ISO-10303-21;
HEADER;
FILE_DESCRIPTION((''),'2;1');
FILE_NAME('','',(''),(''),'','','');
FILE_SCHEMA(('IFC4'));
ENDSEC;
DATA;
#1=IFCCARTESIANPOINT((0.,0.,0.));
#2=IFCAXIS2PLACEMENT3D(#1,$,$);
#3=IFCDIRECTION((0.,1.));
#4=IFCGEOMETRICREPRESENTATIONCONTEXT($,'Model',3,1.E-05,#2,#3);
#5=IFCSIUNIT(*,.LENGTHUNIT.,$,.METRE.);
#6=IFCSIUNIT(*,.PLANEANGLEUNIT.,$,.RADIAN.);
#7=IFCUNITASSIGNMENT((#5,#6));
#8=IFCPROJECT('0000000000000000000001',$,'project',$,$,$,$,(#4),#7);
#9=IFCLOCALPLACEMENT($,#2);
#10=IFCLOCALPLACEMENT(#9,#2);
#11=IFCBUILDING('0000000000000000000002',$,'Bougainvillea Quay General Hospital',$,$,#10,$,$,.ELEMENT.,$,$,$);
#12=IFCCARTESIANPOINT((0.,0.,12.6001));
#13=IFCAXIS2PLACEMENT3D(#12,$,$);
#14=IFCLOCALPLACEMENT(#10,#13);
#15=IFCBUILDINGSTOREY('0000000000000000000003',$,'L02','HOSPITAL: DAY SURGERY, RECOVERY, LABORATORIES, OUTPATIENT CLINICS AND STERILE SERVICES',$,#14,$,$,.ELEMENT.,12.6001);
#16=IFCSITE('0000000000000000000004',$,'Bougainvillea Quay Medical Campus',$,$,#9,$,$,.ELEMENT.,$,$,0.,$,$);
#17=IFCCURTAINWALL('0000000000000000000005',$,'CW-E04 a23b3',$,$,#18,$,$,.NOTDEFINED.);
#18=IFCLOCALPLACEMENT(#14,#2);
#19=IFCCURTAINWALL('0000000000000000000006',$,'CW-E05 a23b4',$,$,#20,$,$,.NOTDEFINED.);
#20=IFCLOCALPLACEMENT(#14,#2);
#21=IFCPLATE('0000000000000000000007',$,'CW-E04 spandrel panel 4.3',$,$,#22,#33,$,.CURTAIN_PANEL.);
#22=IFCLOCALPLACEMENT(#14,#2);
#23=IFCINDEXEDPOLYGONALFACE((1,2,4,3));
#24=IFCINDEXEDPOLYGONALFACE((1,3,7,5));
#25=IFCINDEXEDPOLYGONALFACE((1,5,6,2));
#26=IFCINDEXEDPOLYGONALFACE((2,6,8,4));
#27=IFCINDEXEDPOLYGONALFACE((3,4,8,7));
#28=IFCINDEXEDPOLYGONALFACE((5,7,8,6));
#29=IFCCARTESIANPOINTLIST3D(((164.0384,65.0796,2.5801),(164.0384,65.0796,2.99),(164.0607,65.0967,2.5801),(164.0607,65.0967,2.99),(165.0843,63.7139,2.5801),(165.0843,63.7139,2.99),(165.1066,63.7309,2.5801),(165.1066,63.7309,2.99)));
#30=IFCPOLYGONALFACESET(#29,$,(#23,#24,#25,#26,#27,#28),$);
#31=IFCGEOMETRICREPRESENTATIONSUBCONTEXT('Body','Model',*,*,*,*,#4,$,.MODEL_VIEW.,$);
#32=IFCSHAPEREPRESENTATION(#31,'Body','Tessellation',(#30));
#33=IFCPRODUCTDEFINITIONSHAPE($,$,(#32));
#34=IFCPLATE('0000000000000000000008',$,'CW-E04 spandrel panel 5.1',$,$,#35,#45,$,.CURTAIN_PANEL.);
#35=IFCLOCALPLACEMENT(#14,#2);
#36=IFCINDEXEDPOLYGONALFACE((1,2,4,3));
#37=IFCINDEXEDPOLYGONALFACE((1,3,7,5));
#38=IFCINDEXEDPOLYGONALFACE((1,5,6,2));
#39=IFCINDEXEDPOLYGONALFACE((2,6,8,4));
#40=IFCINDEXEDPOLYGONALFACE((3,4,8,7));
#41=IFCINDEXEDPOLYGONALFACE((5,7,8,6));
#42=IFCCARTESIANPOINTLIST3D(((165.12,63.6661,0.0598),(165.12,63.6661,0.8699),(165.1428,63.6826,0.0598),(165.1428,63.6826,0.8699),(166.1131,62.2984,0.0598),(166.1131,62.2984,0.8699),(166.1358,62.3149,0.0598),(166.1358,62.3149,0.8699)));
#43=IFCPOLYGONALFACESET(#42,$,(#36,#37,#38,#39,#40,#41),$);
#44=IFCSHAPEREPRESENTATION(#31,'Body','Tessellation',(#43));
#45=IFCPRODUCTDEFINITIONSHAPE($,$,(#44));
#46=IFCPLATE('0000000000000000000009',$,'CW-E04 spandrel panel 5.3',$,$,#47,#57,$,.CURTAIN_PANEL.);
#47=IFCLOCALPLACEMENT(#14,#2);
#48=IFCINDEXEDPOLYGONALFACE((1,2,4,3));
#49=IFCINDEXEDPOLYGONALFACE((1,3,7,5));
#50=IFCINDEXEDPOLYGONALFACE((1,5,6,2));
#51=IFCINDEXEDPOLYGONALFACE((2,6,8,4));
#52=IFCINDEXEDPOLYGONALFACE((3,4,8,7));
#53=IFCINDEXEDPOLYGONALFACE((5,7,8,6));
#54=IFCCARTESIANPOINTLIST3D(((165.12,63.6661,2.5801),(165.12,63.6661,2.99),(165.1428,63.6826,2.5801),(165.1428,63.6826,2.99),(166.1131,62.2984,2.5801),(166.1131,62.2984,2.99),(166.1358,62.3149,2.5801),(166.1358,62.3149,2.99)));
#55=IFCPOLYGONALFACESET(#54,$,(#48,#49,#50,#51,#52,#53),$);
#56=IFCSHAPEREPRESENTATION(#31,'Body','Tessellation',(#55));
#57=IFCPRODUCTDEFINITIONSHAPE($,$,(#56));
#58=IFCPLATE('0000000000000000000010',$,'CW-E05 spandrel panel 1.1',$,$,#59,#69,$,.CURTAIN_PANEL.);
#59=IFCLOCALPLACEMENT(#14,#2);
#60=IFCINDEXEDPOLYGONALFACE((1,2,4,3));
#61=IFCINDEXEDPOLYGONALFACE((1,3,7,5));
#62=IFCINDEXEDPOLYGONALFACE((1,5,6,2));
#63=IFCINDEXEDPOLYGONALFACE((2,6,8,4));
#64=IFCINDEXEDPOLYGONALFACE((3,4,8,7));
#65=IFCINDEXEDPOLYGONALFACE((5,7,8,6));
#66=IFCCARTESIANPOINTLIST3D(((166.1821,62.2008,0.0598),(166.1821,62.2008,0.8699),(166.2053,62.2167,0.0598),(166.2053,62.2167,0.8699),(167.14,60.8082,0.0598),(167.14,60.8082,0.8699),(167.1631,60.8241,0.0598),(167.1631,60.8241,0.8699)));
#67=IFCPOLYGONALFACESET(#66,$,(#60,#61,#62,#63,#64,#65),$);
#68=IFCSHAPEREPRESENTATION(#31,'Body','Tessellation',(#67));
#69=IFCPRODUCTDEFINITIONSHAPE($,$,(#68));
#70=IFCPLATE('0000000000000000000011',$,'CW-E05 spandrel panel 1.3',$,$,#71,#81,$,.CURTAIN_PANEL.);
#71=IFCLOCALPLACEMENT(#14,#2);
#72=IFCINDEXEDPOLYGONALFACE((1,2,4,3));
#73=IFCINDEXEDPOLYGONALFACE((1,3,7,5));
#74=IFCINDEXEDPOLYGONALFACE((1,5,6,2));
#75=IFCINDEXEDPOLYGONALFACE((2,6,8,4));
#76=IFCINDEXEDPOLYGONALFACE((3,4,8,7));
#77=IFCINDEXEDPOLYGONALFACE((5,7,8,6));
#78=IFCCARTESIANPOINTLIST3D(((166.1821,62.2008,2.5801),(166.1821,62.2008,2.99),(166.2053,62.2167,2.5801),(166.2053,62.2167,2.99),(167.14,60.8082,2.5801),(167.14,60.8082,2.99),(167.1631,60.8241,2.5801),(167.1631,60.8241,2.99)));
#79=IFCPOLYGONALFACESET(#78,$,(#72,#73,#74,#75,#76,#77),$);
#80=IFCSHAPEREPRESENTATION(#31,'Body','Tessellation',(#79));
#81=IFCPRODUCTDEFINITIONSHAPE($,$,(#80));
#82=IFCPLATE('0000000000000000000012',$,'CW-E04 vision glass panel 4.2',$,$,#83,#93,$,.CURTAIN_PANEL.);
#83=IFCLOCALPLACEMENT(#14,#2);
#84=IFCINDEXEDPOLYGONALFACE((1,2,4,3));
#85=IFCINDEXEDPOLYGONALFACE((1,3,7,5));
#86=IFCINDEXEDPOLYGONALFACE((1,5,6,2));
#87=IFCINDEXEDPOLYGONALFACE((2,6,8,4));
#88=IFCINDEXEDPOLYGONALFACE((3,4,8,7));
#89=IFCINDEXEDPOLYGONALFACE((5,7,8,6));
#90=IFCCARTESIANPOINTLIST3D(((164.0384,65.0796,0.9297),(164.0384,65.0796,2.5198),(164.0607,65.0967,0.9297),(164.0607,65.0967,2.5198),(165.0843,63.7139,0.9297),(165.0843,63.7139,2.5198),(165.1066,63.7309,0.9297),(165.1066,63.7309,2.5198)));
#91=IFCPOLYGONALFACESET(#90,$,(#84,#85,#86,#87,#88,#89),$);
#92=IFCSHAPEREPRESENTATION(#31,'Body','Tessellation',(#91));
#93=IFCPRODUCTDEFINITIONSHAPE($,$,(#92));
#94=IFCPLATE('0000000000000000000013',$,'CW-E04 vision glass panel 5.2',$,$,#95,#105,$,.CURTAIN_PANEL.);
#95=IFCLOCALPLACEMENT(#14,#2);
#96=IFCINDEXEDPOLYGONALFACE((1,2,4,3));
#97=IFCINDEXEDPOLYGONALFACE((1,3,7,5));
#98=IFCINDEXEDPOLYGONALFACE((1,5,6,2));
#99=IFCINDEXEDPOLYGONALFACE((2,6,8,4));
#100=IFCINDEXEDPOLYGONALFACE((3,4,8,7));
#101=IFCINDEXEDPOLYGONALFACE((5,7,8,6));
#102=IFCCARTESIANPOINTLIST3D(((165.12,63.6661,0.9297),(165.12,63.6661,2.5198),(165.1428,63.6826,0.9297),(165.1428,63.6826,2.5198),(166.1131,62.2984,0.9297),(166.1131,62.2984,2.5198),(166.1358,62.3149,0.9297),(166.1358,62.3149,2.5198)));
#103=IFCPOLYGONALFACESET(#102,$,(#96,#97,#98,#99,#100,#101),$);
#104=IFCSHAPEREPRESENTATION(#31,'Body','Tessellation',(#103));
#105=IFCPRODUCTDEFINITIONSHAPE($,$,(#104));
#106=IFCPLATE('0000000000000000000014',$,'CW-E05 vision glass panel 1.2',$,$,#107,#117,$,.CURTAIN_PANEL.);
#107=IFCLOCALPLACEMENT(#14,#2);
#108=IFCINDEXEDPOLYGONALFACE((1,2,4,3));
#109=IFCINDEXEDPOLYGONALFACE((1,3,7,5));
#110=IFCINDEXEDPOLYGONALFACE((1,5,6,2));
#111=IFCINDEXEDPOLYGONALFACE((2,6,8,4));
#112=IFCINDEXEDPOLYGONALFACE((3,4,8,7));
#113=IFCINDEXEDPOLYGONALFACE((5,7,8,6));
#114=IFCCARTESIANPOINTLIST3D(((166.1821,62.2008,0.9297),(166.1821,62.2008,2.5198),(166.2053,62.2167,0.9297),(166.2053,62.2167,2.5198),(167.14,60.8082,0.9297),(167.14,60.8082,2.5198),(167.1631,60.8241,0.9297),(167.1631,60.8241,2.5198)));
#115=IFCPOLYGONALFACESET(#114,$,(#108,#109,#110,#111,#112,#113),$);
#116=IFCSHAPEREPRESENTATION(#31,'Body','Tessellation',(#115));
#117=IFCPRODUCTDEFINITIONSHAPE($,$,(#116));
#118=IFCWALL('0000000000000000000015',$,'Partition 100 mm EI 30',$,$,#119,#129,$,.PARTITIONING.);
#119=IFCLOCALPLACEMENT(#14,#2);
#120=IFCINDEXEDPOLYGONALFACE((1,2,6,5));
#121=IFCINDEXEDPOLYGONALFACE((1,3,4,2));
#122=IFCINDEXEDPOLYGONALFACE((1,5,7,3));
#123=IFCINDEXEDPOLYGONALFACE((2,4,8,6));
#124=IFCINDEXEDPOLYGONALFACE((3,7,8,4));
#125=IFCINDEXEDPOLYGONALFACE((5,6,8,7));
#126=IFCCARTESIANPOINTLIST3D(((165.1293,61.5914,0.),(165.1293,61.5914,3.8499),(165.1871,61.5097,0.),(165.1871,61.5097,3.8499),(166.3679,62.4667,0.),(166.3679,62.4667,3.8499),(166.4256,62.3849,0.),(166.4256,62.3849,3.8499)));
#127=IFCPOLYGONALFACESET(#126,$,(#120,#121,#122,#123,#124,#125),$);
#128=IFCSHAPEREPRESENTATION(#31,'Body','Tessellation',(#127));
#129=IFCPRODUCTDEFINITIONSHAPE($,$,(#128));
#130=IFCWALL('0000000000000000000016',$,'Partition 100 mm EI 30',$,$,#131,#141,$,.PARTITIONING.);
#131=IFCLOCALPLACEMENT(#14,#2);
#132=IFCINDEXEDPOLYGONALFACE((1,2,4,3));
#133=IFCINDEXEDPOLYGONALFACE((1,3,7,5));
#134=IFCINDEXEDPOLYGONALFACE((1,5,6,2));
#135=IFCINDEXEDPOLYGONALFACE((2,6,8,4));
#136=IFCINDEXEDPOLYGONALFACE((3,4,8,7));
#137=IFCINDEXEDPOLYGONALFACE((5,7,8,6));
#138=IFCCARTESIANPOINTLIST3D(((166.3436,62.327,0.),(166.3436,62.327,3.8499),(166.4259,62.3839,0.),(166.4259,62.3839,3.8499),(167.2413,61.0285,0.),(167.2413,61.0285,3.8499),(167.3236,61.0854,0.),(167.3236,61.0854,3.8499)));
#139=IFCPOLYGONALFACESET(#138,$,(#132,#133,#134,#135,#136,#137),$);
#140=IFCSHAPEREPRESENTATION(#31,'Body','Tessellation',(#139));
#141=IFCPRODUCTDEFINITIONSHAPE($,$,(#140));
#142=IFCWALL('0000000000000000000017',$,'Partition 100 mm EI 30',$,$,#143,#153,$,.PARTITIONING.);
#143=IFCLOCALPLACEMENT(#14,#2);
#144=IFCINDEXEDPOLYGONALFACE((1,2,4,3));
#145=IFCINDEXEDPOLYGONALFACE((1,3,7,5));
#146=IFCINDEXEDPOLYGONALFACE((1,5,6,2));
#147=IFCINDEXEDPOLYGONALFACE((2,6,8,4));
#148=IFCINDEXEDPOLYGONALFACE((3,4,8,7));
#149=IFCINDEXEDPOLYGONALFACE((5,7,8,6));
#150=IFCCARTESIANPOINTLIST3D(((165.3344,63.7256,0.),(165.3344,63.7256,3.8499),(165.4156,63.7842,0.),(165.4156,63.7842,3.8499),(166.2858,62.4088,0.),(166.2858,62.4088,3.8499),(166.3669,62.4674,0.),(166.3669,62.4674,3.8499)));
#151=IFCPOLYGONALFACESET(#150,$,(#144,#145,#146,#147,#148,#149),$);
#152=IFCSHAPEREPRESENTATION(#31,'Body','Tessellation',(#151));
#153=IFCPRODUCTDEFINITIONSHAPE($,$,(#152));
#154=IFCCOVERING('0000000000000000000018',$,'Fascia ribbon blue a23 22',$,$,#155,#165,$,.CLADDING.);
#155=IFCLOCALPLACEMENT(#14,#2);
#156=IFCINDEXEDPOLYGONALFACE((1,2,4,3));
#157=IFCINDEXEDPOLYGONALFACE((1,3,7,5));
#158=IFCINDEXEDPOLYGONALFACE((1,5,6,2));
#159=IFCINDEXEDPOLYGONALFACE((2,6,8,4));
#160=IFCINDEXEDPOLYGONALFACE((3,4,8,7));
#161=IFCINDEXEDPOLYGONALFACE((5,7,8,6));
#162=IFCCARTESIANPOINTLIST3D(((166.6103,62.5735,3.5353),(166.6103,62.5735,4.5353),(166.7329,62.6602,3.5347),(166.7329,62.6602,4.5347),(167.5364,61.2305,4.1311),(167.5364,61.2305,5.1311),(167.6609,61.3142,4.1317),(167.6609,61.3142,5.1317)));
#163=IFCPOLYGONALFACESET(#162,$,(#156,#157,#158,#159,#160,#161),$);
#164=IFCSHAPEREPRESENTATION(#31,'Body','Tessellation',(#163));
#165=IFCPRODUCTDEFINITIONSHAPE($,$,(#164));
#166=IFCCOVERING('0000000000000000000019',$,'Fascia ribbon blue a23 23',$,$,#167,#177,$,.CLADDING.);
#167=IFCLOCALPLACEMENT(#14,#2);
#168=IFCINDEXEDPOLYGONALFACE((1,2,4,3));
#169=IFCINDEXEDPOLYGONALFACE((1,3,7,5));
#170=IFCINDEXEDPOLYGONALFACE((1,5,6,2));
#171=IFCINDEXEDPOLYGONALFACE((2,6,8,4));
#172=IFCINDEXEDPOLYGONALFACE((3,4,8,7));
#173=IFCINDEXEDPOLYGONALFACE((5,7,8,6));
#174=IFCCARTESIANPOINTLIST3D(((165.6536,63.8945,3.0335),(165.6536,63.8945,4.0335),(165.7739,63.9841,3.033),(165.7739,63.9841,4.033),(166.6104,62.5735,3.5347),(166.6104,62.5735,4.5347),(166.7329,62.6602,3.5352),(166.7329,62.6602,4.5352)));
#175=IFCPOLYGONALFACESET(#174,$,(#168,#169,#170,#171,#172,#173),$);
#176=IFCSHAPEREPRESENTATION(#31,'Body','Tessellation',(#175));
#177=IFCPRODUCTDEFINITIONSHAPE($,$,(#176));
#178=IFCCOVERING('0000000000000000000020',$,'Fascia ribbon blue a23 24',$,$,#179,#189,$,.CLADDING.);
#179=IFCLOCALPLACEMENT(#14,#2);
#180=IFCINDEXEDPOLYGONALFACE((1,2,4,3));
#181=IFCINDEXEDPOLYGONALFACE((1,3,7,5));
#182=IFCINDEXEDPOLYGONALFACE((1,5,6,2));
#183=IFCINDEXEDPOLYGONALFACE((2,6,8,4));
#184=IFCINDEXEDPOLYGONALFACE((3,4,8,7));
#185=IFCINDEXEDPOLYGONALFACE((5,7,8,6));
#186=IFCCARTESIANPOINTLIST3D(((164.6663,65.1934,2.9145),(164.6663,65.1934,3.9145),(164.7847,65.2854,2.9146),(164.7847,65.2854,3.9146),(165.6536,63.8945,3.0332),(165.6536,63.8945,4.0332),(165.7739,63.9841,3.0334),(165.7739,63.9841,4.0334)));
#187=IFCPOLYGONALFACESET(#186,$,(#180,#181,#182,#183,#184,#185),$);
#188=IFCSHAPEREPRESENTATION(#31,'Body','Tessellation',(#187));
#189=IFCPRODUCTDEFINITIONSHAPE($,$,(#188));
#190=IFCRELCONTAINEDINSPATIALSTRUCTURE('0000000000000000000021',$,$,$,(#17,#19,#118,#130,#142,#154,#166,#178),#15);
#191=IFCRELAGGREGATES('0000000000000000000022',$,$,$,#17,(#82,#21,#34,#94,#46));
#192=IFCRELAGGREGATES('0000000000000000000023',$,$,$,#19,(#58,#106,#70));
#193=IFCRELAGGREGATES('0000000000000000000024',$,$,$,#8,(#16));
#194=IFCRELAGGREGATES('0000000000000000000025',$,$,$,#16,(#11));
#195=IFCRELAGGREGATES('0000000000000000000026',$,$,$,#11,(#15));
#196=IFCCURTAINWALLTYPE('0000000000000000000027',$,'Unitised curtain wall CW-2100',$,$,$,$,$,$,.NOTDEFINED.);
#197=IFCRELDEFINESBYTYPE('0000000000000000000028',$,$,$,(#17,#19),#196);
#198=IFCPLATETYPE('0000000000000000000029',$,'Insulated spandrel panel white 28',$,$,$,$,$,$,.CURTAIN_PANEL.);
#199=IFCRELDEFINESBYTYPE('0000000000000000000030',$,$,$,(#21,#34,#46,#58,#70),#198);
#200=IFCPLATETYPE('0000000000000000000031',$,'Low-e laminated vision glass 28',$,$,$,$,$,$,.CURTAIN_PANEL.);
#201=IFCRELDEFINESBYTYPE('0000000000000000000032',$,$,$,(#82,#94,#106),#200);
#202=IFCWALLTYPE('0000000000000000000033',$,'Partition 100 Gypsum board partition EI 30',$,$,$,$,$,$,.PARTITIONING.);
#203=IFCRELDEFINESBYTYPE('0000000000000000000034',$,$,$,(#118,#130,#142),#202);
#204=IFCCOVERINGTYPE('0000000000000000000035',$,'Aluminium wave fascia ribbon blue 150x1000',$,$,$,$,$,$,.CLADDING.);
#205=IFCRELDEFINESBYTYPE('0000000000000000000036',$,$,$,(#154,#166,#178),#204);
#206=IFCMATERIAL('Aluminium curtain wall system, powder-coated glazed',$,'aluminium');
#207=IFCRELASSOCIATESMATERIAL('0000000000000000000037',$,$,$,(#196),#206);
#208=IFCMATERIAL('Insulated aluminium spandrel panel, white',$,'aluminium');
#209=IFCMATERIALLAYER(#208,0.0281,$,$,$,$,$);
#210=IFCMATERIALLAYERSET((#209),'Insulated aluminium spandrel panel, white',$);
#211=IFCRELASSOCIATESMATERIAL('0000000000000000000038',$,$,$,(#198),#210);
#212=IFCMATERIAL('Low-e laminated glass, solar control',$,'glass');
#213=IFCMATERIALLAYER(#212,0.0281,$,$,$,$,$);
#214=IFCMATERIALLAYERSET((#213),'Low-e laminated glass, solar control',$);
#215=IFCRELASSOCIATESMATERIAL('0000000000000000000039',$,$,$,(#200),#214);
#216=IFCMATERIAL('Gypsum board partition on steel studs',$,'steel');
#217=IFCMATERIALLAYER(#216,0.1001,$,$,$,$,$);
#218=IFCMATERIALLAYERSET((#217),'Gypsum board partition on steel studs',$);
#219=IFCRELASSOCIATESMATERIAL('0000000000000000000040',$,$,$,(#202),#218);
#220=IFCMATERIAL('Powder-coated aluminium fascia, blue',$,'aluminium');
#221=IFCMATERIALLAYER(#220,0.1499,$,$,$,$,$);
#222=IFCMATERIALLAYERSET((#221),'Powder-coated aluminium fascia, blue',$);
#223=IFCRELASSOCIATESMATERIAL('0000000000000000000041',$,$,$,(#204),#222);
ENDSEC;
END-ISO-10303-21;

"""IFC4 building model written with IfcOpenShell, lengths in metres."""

from ifc_helpers import new_model, si_unit, direction, frame, frame_2d, origin, origin_2d, place, context, subcontext, project, spatial, polyline, rectangle, outline, extrude, material, layer, layer_set, type_object, element, aggregate, save


model = new_model("IFC4")

# Units and contexts
model_context = context("Model", 3, precision=1e-05, world=origin(), true_north=direction((0.0, 1.0)))
body_context = subcontext(model_context, "Body", "Model", "MODEL_VIEW")
ifc_project = project(units=[si_unit("LENGTHUNIT", "METRE"), si_unit("PLANEANGLEUNIT", "RADIAN")], contexts=[model_context])

# Site, building, storey
site_placement = place(None, origin())
site = spatial("IfcSite", under=ifc_project, at=site_placement, Name="Bougainvillea Quay Medical Campus", CompositionType="ELEMENT", RefElevation=0.0)
building_placement = place(site_placement, origin())
building = spatial("IfcBuilding", under=site, at=building_placement, Name="Bougainvillea Quay General Hospital", CompositionType="ELEMENT")
storey_placement = place(building_placement, frame((0.0, 0.0, 12.6001)))
storey = spatial("IfcBuildingStorey", under=building, at=storey_placement, Name="L02", Description="HOSPITAL: DAY SURGERY, RECOVERY, LABORATORIES, OUTPATIENT CLINICS AND STERILE SERVICES", CompositionType="ELEMENT", Elevation=12.6001)

# Curtain wall
ifc_material_1 = material(Name="Aluminium curtain wall system, powder-coated glazed", Category="aluminium")
curtain_wall_type = type_object("IfcCurtainWallType", Name="Unitised curtain wall CW-2100", PredefinedType="NOTDEFINED", material=ifc_material_1)
curtain_wall_1_placement = place(storey_placement, origin())
curtain_wall_1 = element("IfcCurtainWall", 1, at=curtain_wall_1_placement, inside=storey, type_object=curtain_wall_type, Name="CW-E04 a23b3", PredefinedType="NOTDEFINED")

# Curtain wall
curtain_wall_2_placement = place(storey_placement, origin())
curtain_wall_2 = element("IfcCurtainWall", 2, at=curtain_wall_2_placement, inside=storey, type_object=curtain_wall_type, Name="CW-E05 a23b4", PredefinedType="NOTDEFINED")

# Plates
ifc_material_2 = material(Name="Insulated aluminium spandrel panel, white", Category="aluminium")
ifc_layer_1 = layer(ifc_material_2, 0.0281)
ifc_layer_set_1 = layer_set([ifc_layer_1], Name="Insulated aluminium spandrel panel, white")
plate_type_1 = type_object("IfcPlateType", Name="Insulated spandrel panel white 28", PredefinedType="CURTAIN_PANEL", material=ifc_layer_set_1)
plate_1_placement = place(storey_placement, frame((164.5725, 64.4053, 2.5801), z_axis=(0.0, 0.0, 1.0), x_axis=(0.608008, -0.793931, 0.0)))
plate_1 = element("IfcPlate", 3, at=plate_1_placement, type_object=plate_type_1, Name="CW-E04 spandrel panel 4.3", PredefinedType="CURTAIN_PANEL", context=body_context, shape_type="SweptSolid", body=[
    extrude(rectangle(XDim=1.7202, YDim=0.0281, at=origin_2d()), origin(), (0.0, 0.0, 1.0), 0.4099),
])
plate_2_placement = place(storey_placement, frame((165.6279, 62.9905, 0.0598), z_axis=(0.0, 0.0, 1.0), x_axis=(0.587548, -0.809189, 0.0)))
plate_2 = element("IfcPlate", 4, at=plate_2_placement, type_object=plate_type_1, Name="CW-E04 spandrel panel 5.1", PredefinedType="CURTAIN_PANEL", context=body_context, shape_type="SweptSolid", body=[
    extrude(rectangle(XDim=1.6902, YDim=0.0281, at=origin_2d()), origin(), (0.0, 0.0, 1.0), 0.8101),
])
plate_3_placement = place(storey_placement, frame((165.6279, 62.9905, 2.5801), z_axis=(0.0, 0.0, 1.0), x_axis=(0.587548, -0.809189, 0.0)))
plate_3 = element("IfcPlate", 5, at=plate_3_placement, type_object=plate_type_1, Name="CW-E04 spandrel panel 5.3", PredefinedType="CURTAIN_PANEL", context=body_context, shape_type="SweptSolid", body=[
    extrude(rectangle(XDim=1.6902, YDim=0.0281, at=origin_2d()), origin(), (0.0, 0.0, 1.0), 0.4099),
])
plate_4_placement = place(storey_placement, frame((166.6726, 61.5125, 0.0598), z_axis=(0.0, 0.0, 1.0), x_axis=(0.566705, -0.823921, 0.0)))
plate_4 = element("IfcPlate", 6, at=plate_4_placement, type_object=plate_type_1, Name="CW-E05 spandrel panel 1.1", PredefinedType="CURTAIN_PANEL", context=body_context, shape_type="SweptSolid", body=[
    extrude(rectangle(XDim=1.6902, YDim=0.0281, at=origin_2d()), origin(), (0.0, 0.0, 1.0), 0.8101),
])
plate_5_placement = place(storey_placement, frame((166.6726, 61.5125, 2.5801), z_axis=(0.0, 0.0, 1.0), x_axis=(0.566705, -0.823921, 0.0)))
plate_5 = element("IfcPlate", 7, at=plate_5_placement, type_object=plate_type_1, Name="CW-E05 spandrel panel 1.3", PredefinedType="CURTAIN_PANEL", context=body_context, shape_type="SweptSolid", body=[
    extrude(rectangle(XDim=1.6902, YDim=0.0281, at=origin_2d()), origin(), (0.0, 0.0, 1.0), 0.4099),
])
ifc_material_3 = material(Name="Low-e laminated glass, solar control", Category="glass")
ifc_layer_2 = layer(ifc_material_3, 0.0281)
ifc_layer_set_2 = layer_set([ifc_layer_2], Name="Low-e laminated glass, solar control")
plate_type_2 = type_object("IfcPlateType", Name="Low-e laminated vision glass 28", PredefinedType="CURTAIN_PANEL", material=ifc_layer_set_2)
plate_6_placement = place(storey_placement, frame((164.5725, 64.4053, 0.9297), z_axis=(0.0, 0.0, 1.0), x_axis=(0.608008, -0.793931, 0.0)))
plate_6 = element("IfcPlate", 8, at=plate_6_placement, type_object=plate_type_2, Name="CW-E04 vision glass panel 4.2", PredefinedType="CURTAIN_PANEL", context=body_context, shape_type="SweptSolid", body=[
    extrude(rectangle(XDim=1.7202, YDim=0.0281, at=origin_2d()), origin(), (0.0, 0.0, 1.0), 1.5901),
])
plate_7_placement = place(storey_placement, frame((165.6279, 62.9905, 0.9297), z_axis=(0.0, 0.0, 1.0), x_axis=(0.587548, -0.809189, 0.0)))
plate_7 = element("IfcPlate", 9, at=plate_7_placement, type_object=plate_type_2, Name="CW-E04 vision glass panel 5.2", PredefinedType="CURTAIN_PANEL", context=body_context, shape_type="SweptSolid", body=[
    extrude(rectangle(XDim=1.6902, YDim=0.0281, at=origin_2d()), origin(), (0.0, 0.0, 1.0), 1.5901),
])
aggregate(curtain_wall_1, [plate_6, plate_1, plate_2, plate_7, plate_3])
plate_8_placement = place(storey_placement, frame((166.6726, 61.5125, 0.9297), z_axis=(0.0, 0.0, 1.0), x_axis=(0.566705, -0.823921, 0.0)))
plate_8 = element("IfcPlate", 10, at=plate_8_placement, type_object=plate_type_2, Name="CW-E05 vision glass panel 1.2", PredefinedType="CURTAIN_PANEL", context=body_context, shape_type="SweptSolid", body=[
    extrude(rectangle(XDim=1.6902, YDim=0.0281, at=origin_2d()), origin(), (0.0, 0.0, 1.0), 1.5901),
])
aggregate(curtain_wall_2, [plate_4, plate_8, plate_5])

# Walls
ifc_material_4 = material(Name="Gypsum board partition on steel studs", Category="steel")
ifc_layer_3 = layer(ifc_material_4, 0.1001)
ifc_layer_set_3 = layer_set([ifc_layer_3], Name="Gypsum board partition on steel studs")
wall_type = type_object("IfcWallType", Name="Partition 100 Gypsum board partition EI 30", PredefinedType="PARTITIONING", material=ifc_layer_set_3)
wall_1_placement = place(storey_placement, frame((165.1582, 61.5505, 0.0), z_axis=(0.0, 0.0, 1.0), x_axis=(0.81666, 0.577119, 0.0)))
element("IfcWall", 11, at=wall_1_placement, inside=storey, type_object=wall_type, Name="Partition 100 mm EI 30", PredefinedType="PARTITIONING", context=body_context, shape_type="SweptSolid", body=[
    extrude(rectangle(XDim=1.5166, YDim=0.1001, at=frame_2d((0.7583, 0.0))), origin(), (0.0, 0.0, 1.0), 3.8499),
])
wall_2_placement = place(storey_placement, frame((166.3848, 62.3555, 0.0), z_axis=(0.0, 0.0, 1.0), x_axis=(0.568647, -0.822582, 0.0)))
element("IfcWall", 12, at=wall_2_placement, inside=storey, type_object=wall_type, Name="Partition 100 mm EI 30", PredefinedType="PARTITIONING", context=body_context, shape_type="SweptSolid", body=[
    extrude(rectangle(XDim=1.5786, YDim=0.1001, at=frame_2d((0.7893, 0.0))), origin(), (0.0, 0.0, 1.0), 3.8499),
])
wall_3_placement = place(storey_placement, frame((165.375, 63.7549, 0.0), z_axis=(0.0, 0.0, 1.0), x_axis=(0.585622, -0.810584, 0.0)))
element("IfcWall", 13, at=wall_3_placement, inside=storey, type_object=wall_type, Name="Partition 100 mm EI 30", PredefinedType="PARTITIONING", context=body_context, shape_type="SweptSolid", body=[
    extrude(rectangle(XDim=1.6245, YDim=0.1001, at=frame_2d((0.8123, 0.0))), origin(), (0.0, 0.0, 1.0), 3.8499),
])

# Coverings
ifc_material_5 = material(Name="Powder-coated aluminium fascia, blue", Category="aluminium")
ifc_layer_4 = layer(ifc_material_5, 0.1499)
ifc_layer_set_4 = layer_set([ifc_layer_4], Name="Powder-coated aluminium fascia, blue")
covering_type = type_object("IfcCoveringType", Name="Aluminium wave fascia ribbon blue 150x1000", PredefinedType="CLADDING", material=ifc_layer_set_4)
covering_1_placement = place(storey_placement, frame((167.5364, 61.2305, 4.1311), z_axis=(-0.194778, 0.2824, 0.939315), x_axis=(-0.533204, 0.773308, -0.343057)))
element("IfcCovering", 14, at=covering_1_placement, inside=storey, type_object=covering_type, Name="Fascia ribbon blue a23 22", PredefinedType="CLADDING", context=body_context, shape_type="SweptSolid", body=[
    extrude(outline(polyline([(0.0, 0.0), (1.7368, 0.0), (1.7386, -0.1501), (-0.0018, -0.15), (0.0, 0.0)])), origin(), (-0.343057, -0.000046, 0.939315), 1.0),
])
covering_2_placement = place(storey_placement, frame((166.6104, 62.5735, 3.5347), z_axis=(-0.172484, 0.237703, 0.955901), x_axis=(-0.56071, 0.774178, -0.293689)))
element("IfcCovering", 15, at=covering_2_placement, inside=storey, type_object=covering_type, Name="Fascia ribbon blue a23 23", PredefinedType="CLADDING", context=body_context, shape_type="SweptSolid", body=[
    extrude(outline(polyline([(0.0, 0.0), (1.7064, 0.0), (1.7084, -0.15), (-0.0018, -0.1501), (0.0, 0.0)])), origin(), (-0.293689, -0.000251, 0.955901), 1.0),
])
covering_3_placement = place(storey_placement, frame((165.6536, 63.8945, 3.0332), z_axis=(-0.044566, 0.057242, 0.997365), x_axis=(-0.603565, 0.794007, -0.07254)))
element("IfcCovering", 16, at=covering_3_placement, inside=storey, type_object=covering_type, Name="Fascia ribbon blue a23 24", PredefinedType="CLADDING", context=body_context, shape_type="SweptSolid", body=[
    extrude(outline(polyline([(0.0, 0.0), (1.6358, 0.0), (1.6374, -0.15), (-0.0015, -0.15), (0.0, 0.0)])), origin(), (-0.07254, -0.000836, 0.997365), 1.0),
])

save(model, "model.ifc")
